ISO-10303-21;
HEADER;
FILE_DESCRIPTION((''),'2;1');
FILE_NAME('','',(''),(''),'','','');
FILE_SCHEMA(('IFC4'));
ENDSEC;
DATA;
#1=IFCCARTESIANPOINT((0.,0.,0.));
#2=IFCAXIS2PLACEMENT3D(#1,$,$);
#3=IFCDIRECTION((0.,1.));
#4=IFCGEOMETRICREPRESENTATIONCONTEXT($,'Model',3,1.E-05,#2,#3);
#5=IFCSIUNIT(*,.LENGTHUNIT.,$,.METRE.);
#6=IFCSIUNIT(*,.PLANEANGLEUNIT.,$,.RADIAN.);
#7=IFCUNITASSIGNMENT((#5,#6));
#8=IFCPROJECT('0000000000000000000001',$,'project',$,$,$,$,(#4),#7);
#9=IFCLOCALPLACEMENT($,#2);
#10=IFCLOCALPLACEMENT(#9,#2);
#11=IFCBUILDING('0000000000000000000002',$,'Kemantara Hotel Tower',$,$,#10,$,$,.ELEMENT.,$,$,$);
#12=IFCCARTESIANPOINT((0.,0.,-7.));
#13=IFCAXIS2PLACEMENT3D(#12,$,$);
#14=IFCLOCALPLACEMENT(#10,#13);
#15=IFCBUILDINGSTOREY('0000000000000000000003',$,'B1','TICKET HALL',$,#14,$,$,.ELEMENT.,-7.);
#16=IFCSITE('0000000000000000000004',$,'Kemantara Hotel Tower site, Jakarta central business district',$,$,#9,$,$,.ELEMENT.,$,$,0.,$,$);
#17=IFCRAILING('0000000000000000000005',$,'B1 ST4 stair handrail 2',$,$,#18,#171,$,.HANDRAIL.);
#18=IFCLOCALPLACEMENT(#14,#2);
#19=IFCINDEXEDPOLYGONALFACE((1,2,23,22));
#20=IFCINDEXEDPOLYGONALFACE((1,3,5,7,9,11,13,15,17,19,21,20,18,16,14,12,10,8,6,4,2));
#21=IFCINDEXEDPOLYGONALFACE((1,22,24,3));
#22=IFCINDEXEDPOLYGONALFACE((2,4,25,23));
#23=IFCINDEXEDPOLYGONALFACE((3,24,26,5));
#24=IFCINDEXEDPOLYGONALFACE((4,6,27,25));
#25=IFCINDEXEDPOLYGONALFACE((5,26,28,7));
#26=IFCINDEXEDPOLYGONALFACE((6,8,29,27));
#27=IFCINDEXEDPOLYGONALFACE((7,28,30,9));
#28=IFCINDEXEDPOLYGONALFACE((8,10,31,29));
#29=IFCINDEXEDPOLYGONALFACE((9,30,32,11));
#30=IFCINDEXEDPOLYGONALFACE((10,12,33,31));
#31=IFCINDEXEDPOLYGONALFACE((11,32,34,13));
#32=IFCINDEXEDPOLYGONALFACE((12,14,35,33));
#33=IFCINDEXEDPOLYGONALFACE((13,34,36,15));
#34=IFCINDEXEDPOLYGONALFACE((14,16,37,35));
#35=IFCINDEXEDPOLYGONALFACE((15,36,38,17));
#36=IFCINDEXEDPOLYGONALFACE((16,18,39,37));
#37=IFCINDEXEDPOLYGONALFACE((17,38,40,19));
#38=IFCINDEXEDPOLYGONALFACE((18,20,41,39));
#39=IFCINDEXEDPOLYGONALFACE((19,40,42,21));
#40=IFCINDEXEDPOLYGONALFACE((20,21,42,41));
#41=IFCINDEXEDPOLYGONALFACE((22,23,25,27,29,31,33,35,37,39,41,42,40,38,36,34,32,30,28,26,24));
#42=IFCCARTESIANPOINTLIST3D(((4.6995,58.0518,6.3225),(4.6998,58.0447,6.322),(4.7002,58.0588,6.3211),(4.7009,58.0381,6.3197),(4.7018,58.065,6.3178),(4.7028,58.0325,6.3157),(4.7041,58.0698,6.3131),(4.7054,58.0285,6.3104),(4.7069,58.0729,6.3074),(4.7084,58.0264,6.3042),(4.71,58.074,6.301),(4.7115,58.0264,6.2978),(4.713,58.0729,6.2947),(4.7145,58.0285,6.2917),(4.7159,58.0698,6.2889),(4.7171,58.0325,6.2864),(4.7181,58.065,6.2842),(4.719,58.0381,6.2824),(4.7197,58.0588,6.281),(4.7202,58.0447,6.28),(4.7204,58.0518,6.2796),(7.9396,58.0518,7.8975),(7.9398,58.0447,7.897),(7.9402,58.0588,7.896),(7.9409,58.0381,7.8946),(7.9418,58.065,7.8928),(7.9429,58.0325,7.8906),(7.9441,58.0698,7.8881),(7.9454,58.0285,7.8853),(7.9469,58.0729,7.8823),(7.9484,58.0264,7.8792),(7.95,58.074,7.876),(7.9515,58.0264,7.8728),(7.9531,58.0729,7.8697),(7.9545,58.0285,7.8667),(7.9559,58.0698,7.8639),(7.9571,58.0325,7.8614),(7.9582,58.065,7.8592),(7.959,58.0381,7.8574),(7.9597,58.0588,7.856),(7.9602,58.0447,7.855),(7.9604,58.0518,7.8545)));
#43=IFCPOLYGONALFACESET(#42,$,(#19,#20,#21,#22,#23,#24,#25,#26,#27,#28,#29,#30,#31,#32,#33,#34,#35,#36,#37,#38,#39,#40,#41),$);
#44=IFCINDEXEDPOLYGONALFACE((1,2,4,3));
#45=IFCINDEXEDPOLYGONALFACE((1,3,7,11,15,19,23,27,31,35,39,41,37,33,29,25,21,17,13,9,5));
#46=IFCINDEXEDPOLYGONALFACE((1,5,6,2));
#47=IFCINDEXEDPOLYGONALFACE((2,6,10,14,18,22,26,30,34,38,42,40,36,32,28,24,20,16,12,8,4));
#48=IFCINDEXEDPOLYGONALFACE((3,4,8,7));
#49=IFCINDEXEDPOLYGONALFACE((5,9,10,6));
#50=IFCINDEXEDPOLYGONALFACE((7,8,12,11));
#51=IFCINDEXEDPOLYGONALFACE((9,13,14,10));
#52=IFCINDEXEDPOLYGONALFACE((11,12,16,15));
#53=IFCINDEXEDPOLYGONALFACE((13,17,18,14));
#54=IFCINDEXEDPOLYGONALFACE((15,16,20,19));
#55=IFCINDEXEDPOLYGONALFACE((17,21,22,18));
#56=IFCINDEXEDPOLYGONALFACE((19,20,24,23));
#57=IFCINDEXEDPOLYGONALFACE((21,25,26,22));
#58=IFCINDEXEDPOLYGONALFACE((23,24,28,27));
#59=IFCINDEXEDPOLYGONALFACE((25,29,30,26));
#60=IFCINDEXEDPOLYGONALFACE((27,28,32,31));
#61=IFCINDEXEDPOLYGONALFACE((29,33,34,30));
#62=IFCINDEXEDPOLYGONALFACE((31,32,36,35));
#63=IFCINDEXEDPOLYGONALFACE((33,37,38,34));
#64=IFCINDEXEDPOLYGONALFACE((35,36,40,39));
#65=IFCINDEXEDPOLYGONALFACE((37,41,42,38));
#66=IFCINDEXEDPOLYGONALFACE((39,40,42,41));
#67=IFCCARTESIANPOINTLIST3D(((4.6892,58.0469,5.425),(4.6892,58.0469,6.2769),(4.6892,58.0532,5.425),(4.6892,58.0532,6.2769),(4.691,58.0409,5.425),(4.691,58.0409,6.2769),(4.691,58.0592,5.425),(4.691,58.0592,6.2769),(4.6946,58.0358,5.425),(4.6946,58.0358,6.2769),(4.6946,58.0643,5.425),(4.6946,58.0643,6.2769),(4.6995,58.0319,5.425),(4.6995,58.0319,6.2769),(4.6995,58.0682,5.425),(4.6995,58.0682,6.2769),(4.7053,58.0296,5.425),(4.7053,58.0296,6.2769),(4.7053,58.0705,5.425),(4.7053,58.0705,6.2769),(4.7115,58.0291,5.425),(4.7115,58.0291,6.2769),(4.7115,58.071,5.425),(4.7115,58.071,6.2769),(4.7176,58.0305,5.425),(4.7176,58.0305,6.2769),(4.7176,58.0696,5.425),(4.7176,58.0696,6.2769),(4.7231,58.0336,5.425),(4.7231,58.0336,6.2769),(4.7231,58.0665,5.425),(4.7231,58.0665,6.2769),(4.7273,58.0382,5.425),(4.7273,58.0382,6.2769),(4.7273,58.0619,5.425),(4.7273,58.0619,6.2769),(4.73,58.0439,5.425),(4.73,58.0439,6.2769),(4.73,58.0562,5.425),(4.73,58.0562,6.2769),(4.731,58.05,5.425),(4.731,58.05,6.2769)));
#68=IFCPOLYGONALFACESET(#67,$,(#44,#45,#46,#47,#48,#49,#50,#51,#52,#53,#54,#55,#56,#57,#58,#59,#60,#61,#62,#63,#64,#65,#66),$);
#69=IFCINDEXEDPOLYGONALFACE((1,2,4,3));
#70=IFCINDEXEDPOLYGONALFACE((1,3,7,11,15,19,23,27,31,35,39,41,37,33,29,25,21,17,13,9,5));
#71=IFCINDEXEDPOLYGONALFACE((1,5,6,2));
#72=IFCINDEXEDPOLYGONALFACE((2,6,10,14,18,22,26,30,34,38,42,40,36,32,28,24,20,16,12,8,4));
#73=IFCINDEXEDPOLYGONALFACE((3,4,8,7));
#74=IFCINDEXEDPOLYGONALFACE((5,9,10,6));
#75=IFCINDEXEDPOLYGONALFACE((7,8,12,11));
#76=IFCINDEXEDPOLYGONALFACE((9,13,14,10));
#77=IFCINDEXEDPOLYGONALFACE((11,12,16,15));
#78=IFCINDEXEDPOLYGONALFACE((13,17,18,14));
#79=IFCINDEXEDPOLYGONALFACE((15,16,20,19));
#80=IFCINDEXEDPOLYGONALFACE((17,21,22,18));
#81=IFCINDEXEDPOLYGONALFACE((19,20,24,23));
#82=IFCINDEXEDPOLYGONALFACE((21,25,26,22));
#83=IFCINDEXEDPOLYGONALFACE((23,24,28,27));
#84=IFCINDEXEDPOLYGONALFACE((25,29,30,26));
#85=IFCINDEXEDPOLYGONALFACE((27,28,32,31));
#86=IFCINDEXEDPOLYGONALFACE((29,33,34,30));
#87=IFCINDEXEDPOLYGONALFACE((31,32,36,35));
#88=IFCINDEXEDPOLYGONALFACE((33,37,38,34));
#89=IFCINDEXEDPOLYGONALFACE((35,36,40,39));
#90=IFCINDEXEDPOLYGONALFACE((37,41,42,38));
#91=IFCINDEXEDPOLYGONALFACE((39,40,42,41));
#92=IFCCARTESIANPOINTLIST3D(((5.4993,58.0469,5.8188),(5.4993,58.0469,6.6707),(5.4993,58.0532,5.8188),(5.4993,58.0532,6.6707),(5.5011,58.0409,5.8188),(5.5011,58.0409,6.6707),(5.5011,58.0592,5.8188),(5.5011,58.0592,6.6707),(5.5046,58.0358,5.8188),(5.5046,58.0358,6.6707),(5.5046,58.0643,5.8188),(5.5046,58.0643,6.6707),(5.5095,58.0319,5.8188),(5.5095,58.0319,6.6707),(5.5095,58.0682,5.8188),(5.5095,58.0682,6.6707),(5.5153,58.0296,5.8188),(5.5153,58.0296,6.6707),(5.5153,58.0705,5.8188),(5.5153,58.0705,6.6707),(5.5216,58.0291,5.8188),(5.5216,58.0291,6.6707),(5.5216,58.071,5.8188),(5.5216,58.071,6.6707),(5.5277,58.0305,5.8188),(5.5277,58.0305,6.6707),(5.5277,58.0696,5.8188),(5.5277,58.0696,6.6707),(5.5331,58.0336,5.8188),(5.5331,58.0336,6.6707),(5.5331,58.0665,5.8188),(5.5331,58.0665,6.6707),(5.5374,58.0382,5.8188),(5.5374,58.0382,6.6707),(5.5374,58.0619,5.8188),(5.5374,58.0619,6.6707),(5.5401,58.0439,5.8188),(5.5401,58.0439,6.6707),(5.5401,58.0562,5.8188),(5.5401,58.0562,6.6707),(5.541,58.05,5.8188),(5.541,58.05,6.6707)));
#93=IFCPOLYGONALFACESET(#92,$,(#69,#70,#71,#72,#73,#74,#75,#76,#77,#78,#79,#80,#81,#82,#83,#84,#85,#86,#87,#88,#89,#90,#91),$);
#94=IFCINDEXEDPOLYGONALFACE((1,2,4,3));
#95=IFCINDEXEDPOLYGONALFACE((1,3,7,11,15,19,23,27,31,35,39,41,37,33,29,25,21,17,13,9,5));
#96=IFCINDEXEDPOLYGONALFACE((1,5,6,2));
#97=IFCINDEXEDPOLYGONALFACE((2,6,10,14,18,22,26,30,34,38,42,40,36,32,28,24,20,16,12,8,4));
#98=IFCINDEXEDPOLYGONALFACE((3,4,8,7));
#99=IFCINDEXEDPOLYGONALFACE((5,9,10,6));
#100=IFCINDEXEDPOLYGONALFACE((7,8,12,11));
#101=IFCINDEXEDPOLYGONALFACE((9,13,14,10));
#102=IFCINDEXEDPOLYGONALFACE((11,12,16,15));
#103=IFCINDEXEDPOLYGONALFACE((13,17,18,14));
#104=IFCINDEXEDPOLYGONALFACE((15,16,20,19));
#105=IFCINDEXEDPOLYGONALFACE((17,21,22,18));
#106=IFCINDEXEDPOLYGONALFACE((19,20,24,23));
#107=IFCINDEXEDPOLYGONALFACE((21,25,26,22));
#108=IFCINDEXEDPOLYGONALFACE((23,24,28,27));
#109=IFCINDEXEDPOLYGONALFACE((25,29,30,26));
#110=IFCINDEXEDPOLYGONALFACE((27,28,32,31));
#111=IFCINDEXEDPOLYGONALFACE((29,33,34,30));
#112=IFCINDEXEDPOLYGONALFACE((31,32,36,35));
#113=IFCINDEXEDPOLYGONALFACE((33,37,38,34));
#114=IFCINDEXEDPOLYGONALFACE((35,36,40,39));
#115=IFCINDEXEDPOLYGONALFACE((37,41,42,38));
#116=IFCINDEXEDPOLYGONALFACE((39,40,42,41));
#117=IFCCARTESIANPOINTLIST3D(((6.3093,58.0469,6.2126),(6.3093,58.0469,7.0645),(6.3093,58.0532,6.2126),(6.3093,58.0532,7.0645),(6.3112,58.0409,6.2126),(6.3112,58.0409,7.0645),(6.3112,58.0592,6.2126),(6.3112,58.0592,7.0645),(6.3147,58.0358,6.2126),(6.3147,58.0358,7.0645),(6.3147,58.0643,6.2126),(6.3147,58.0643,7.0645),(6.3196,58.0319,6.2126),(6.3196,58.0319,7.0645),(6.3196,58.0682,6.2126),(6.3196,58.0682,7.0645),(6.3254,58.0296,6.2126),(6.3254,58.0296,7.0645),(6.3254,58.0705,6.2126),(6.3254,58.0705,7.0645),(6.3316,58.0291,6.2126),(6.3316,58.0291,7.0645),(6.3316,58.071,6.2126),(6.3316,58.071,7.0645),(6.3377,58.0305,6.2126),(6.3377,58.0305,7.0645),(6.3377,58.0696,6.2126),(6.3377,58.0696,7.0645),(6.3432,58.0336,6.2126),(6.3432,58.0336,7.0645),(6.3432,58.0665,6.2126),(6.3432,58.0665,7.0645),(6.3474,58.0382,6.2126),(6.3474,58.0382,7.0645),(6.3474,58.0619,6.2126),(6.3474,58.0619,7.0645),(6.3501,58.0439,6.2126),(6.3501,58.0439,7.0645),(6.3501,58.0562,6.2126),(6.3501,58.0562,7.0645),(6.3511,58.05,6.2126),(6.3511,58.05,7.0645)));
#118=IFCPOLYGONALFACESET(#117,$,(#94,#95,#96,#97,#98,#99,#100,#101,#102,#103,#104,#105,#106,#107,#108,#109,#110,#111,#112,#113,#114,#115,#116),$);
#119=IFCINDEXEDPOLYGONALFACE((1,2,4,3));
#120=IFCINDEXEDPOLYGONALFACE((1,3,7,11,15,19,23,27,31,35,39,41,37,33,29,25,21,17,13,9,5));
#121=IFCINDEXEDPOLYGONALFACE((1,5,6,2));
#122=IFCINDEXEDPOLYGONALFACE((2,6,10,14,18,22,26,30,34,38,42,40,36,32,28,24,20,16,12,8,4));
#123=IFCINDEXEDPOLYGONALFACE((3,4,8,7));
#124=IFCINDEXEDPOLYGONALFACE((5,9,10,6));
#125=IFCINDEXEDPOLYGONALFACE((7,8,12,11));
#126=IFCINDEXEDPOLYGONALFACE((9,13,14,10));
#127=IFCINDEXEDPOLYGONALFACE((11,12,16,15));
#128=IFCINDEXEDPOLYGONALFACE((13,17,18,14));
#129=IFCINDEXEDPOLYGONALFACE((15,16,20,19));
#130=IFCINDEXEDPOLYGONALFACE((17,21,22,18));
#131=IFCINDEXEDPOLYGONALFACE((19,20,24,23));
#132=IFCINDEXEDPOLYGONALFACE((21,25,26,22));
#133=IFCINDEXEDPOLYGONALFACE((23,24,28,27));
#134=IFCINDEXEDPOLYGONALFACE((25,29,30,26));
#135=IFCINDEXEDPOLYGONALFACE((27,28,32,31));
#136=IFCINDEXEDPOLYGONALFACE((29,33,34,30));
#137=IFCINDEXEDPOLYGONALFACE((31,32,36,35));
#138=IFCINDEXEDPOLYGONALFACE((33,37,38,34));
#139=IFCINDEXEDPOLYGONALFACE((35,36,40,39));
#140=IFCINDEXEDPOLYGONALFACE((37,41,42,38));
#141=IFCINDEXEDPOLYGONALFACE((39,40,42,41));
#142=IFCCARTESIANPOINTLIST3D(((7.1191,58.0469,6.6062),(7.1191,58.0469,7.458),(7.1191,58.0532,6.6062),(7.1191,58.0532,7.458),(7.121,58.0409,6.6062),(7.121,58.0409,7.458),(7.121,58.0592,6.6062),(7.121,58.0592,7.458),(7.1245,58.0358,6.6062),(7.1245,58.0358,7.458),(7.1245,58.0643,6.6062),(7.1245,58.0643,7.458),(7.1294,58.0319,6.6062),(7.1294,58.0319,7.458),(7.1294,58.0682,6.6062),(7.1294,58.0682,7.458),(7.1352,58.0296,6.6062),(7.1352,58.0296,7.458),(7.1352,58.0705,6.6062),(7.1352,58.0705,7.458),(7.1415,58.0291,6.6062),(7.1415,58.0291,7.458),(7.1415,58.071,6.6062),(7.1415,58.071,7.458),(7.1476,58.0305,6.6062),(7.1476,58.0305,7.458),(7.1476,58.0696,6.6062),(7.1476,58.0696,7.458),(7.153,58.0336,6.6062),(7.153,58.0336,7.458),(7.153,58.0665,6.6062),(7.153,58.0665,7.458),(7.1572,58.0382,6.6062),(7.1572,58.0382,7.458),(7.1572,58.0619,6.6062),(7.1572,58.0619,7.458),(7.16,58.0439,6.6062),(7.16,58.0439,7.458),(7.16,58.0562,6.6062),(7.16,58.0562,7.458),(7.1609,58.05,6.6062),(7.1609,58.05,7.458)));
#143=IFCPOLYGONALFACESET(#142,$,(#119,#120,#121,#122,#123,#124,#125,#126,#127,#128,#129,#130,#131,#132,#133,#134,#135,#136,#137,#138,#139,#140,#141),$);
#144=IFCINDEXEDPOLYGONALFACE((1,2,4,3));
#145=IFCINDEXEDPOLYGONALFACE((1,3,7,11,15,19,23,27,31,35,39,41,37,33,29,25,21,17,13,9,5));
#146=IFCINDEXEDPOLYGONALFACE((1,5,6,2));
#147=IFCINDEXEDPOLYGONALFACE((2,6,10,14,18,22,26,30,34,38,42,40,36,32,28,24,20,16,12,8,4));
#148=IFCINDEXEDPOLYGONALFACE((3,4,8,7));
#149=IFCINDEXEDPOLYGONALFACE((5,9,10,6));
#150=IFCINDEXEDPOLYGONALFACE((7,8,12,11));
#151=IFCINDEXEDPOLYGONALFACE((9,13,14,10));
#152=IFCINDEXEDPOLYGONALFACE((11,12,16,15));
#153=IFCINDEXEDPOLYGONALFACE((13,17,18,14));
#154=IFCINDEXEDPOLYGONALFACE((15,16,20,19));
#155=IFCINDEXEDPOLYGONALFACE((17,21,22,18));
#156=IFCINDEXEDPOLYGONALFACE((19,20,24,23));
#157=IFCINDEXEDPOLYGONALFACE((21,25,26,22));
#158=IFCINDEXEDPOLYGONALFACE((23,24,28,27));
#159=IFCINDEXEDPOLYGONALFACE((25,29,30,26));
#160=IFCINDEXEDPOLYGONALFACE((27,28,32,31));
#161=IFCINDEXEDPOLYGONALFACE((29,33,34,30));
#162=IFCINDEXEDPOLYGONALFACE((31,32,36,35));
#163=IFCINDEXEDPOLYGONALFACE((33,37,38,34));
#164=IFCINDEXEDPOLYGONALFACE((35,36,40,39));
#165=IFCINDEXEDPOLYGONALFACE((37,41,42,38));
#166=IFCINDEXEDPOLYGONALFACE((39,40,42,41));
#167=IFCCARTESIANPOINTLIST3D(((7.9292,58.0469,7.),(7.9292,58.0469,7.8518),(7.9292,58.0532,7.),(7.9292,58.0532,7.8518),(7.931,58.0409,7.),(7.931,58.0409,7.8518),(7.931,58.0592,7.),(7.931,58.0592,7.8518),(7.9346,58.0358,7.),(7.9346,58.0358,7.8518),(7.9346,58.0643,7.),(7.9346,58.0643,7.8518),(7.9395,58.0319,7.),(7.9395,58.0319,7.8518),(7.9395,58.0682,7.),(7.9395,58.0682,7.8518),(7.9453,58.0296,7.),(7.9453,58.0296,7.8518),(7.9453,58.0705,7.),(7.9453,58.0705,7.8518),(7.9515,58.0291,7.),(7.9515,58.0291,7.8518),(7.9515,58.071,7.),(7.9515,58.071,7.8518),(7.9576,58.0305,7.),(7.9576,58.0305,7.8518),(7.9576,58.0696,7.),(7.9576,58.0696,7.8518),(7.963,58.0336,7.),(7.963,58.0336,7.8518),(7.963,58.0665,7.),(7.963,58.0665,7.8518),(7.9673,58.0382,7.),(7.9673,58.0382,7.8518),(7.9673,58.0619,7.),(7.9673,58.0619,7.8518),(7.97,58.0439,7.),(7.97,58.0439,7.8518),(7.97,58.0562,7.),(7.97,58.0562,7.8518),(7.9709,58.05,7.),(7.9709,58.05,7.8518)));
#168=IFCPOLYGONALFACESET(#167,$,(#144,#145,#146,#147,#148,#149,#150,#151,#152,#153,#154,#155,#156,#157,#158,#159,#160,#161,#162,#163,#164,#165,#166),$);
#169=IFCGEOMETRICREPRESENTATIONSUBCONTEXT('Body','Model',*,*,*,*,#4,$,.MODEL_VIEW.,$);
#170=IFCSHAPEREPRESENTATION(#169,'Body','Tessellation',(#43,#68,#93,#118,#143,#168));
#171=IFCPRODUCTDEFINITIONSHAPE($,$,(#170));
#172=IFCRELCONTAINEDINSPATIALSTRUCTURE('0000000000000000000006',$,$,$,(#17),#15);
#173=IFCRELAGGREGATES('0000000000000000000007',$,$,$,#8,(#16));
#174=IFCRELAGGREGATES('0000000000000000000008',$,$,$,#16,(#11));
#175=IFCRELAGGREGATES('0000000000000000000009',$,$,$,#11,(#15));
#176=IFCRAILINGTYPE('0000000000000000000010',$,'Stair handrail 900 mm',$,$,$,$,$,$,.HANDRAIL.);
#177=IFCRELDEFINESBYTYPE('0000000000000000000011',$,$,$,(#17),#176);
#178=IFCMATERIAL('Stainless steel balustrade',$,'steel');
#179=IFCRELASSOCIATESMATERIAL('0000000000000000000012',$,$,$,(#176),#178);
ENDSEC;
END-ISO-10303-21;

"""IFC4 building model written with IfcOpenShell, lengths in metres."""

from ifc_helpers import new_model, si_unit, direction, frame, origin, origin_2d, place, context, subcontext, project, spatial, circle, extrude, material, type_object, element, save


model = new_model("IFC4")

# Units and contexts
model_context = context("Model", 3, precision=1e-05, world=origin(), true_north=direction((0.0, 1.0)))
body_context = subcontext(model_context, "Body", "Model", "MODEL_VIEW")
ifc_project = project(units=[si_unit("LENGTHUNIT", "METRE"), si_unit("PLANEANGLEUNIT", "RADIAN")], contexts=[model_context])

# Site, building, storey
site_placement = place(None, origin())
site = spatial("IfcSite", under=ifc_project, at=site_placement, Name="Kemantara Hotel Tower site, Jakarta central business district", CompositionType="ELEMENT", RefElevation=0.0)
building_placement = place(site_placement, origin())
building = spatial("IfcBuilding", under=site, at=building_placement, Name="Kemantara Hotel Tower", CompositionType="ELEMENT")
storey_placement = place(building_placement, frame((0.0, 0.0, -7.0)))
storey = spatial("IfcBuildingStorey", under=building, at=storey_placement, Name="B1", Description="TICKET HALL", CompositionType="ELEMENT", Elevation=-7.0)

# Railing
ifc_material_1 = material(Name="Stainless steel balustrade", Category="steel")
railing_type_1 = type_object("IfcRailingType", Name="Stair handrail 900 mm", PredefinedType="HANDRAIL", material=ifc_material_1)
railing_1_placement = place(storey_placement, frame((4.71, 58.05, 5.425)))
element("IfcRailing", 1, at=railing_1_placement, inside=storey, type_object=railing_type_1, Name="B1 ST4 stair handrail 2", PredefinedType="HANDRAIL", context=body_context, shape_type="SweptSolid", body=[
    extrude(circle(Radius=0.0239, at=origin_2d()), frame((0.0, 0.0, 0.876), z_axis=(0.899373, 0.0, 0.437183), x_axis=(0.0, 1.0, 0.0)), (0.0, 0.0, 1.0), 3.6025),
    extrude(circle(Radius=0.021, at=origin_2d()), origin(), (0.0, 0.0, 1.0), 0.8518),
    extrude(circle(Radius=0.021, at=origin_2d()), frame((0.8101, 0.0, 0.3938)), (0.0, 0.0, 1.0), 0.8518),
    extrude(circle(Radius=0.021, at=origin_2d()), frame((1.6201, 0.0, 0.7876)), (0.0, 0.0, 1.0), 0.8518),
    extrude(circle(Radius=0.021, at=origin_2d()), frame((2.4299, 0.0, 1.1812)), (0.0, 0.0, 1.0), 0.8518),
    extrude(circle(Radius=0.021, at=origin_2d()), frame((3.24, 0.0, 1.575)), (0.0, 0.0, 1.0), 0.8518),
])

save(model, "model.ifc")
